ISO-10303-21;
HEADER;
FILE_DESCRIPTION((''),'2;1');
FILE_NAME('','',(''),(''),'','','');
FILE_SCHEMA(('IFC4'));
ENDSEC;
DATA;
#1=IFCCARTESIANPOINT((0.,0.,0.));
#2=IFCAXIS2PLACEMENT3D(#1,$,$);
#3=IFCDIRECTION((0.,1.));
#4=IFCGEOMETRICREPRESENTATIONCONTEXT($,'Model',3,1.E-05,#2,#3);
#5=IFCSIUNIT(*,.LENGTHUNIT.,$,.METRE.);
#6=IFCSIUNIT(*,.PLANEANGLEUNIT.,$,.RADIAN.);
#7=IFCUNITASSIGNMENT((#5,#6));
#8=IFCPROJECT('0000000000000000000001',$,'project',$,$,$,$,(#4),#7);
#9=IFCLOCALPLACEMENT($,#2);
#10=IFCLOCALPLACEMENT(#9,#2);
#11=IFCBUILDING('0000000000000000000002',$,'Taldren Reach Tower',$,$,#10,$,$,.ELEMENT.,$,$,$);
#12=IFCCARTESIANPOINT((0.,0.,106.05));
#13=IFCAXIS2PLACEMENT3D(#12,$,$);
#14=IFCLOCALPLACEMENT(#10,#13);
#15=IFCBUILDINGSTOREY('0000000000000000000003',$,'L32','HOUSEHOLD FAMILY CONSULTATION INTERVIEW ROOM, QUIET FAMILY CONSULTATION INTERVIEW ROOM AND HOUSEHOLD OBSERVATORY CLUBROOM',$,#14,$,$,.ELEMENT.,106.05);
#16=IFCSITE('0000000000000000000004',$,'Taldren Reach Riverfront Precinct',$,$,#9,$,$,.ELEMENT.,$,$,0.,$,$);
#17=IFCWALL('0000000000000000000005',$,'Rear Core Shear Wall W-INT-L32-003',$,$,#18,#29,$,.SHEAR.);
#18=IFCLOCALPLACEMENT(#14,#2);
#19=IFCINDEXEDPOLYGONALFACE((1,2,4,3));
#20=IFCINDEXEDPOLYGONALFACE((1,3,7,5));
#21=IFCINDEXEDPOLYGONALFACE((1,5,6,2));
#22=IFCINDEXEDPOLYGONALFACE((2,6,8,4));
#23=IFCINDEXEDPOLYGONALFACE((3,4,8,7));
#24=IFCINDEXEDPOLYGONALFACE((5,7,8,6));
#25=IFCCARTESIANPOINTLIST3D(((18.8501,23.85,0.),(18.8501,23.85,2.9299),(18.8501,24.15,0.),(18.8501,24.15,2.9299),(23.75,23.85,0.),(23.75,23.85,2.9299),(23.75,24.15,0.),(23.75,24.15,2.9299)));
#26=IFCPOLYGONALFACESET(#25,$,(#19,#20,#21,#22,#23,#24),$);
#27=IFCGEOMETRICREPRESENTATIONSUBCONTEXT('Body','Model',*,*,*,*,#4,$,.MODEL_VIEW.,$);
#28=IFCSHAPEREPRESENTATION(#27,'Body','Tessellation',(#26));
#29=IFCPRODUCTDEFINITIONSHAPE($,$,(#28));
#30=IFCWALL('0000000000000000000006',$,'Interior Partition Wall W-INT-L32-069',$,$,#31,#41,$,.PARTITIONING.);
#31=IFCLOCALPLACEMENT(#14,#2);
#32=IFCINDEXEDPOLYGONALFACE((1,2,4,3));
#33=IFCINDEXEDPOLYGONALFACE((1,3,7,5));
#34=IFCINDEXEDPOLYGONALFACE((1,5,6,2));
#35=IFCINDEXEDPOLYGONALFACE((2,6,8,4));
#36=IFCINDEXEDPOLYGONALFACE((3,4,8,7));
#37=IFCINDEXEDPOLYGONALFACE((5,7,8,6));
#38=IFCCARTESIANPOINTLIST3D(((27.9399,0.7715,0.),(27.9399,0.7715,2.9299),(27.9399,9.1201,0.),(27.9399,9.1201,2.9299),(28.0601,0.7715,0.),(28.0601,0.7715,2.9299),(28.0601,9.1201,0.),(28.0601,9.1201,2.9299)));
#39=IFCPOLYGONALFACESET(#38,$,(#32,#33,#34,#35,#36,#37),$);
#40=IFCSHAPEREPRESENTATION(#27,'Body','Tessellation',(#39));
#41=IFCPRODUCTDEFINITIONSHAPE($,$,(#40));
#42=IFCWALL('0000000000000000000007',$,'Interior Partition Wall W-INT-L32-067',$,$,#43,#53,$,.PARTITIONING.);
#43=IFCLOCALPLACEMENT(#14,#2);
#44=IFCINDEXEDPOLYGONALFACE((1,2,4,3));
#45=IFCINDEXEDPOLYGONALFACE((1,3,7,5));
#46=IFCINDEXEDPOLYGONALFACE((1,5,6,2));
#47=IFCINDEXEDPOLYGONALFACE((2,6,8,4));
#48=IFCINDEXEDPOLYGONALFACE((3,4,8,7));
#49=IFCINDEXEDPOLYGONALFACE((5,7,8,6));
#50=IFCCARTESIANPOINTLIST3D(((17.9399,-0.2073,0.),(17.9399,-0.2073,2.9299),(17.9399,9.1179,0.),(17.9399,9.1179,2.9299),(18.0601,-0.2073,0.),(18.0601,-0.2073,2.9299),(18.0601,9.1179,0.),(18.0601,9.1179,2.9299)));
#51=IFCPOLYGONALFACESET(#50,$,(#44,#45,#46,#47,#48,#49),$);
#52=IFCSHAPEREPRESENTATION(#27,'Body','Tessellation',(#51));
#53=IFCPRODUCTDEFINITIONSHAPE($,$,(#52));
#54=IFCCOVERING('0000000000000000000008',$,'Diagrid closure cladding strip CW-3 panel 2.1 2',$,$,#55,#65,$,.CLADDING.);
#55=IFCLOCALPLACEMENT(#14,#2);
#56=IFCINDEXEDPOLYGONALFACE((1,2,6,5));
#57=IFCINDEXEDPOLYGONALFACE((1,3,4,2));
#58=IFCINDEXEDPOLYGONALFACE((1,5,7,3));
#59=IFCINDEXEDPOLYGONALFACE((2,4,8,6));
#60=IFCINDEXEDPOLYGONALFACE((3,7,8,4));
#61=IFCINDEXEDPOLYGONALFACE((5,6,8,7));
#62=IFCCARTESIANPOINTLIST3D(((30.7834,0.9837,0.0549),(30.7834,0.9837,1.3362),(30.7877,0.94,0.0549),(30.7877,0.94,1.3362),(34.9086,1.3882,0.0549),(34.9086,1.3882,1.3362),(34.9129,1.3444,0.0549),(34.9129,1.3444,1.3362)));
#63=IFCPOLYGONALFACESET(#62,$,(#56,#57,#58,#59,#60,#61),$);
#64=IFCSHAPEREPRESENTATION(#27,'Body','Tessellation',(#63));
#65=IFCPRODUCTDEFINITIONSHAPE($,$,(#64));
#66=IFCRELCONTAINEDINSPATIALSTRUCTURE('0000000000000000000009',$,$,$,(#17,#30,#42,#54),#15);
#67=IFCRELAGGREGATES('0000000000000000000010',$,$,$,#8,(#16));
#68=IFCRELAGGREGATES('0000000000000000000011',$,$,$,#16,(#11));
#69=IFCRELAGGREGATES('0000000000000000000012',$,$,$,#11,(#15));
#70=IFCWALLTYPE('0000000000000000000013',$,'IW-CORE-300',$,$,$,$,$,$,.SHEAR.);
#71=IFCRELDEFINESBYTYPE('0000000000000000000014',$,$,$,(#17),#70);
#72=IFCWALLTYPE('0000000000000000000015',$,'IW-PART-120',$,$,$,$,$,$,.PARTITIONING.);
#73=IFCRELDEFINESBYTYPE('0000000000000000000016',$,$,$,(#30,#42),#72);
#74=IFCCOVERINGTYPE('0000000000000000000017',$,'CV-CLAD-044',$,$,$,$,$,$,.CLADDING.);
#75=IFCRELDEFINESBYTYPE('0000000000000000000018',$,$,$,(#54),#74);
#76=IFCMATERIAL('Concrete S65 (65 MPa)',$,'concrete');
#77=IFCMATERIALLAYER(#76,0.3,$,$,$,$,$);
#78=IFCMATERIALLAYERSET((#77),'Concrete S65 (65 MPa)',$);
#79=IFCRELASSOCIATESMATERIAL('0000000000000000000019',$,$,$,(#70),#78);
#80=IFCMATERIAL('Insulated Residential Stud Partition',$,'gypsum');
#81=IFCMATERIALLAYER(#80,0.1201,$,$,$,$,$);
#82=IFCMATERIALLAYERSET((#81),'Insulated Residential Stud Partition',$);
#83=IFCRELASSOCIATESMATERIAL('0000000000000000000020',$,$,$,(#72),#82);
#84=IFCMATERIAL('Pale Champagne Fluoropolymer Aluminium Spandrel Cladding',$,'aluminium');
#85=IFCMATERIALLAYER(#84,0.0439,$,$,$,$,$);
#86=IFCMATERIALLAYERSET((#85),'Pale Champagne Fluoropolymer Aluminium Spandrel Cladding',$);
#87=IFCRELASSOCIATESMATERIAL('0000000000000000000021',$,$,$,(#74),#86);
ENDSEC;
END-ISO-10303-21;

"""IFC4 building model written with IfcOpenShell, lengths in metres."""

from ifc_helpers import new_model, si_unit, direction, frame, frame_2d, origin, origin_2d, place, context, subcontext, project, spatial, rectangle, extrude, source, transform, mapped, material, layer, layer_set, type_object, element, save


model = new_model("IFC4")

# Units and contexts
model_context = context("Model", 3, precision=1e-05, world=origin(), true_north=direction((0.0, 1.0)))
body_context = subcontext(model_context, "Body", "Model", "MODEL_VIEW")
ifc_project = project(units=[si_unit("LENGTHUNIT", "METRE"), si_unit("PLANEANGLEUNIT", "RADIAN")], contexts=[model_context])

# Site, building, storey
site_placement = place(None, origin())
site = spatial("IfcSite", under=ifc_project, at=site_placement, Name="Taldren Reach Riverfront Precinct", CompositionType="ELEMENT", RefElevation=0.0)
building_placement = place(site_placement, origin())
building = spatial("IfcBuilding", under=site, at=building_placement, Name="Taldren Reach Tower", CompositionType="ELEMENT")
storey_placement = place(building_placement, frame((0.0, 0.0, 106.05)))
storey = spatial("IfcBuildingStorey", under=building, at=storey_placement, Name="L32", Description="HOUSEHOLD FAMILY CONSULTATION INTERVIEW ROOM, QUIET FAMILY CONSULTATION INTERVIEW ROOM AND HOUSEHOLD OBSERVATORY CLUBROOM", CompositionType="ELEMENT", Elevation=106.05)

# Shared definitions
ifc_material_1 = material(Name="Concrete S65 (65 MPa)", Category="concrete")

# Walls
ifc_layer_1 = layer(ifc_material_1, 0.3)
ifc_layer_set_1 = layer_set([ifc_layer_1], Name="Concrete S65 (65 MPa)")
wall_type_1 = type_object("IfcWallType", Name="IW-CORE-300", PredefinedType="SHEAR", material=ifc_layer_set_1)
shared_shape_1 = source(origin(), body_context, "Body", "SweptSolid", [
    extrude(rectangle(XDim=4.8999, YDim=0.3, at=frame_2d((2.45, 0.0))), origin(), (0.0, 0.0, 1.0), 2.9299),
])
wall_1_placement = place(storey_placement, frame((18.8501, 24.0, 0.0), z_axis=(0.0, 0.0, 1.0), x_axis=(1.0, 0.0, 0.0)))
element("IfcWall", 1, at=wall_1_placement, inside=storey, type_object=wall_type_1, Name="Rear Core Shear Wall W-INT-L32-003", PredefinedType="SHEAR", context=body_context, shape_type="MappedRepresentation", body=[
    mapped(shared_shape_1, transform((0.0, 0.0, 0.0), scale=1.0)),
])
ifc_material_2 = material(Name="Insulated Residential Stud Partition", Category="gypsum")
ifc_layer_2 = layer(ifc_material_2, 0.1201)
ifc_layer_set_2 = layer_set([ifc_layer_2], Name="Insulated Residential Stud Partition")
wall_type_2 = type_object("IfcWallType", Name="IW-PART-120", PredefinedType="PARTITIONING", material=ifc_layer_set_2)
shared_shape_2 = source(origin(), body_context, "Body", "SweptSolid", [
    extrude(rectangle(XDim=8.3486, YDim=0.1201, at=frame_2d((4.1743, 0.0))), origin(), (0.0, 0.0, 1.0), 2.9299),
])
wall_2_placement = place(storey_placement, frame((28.0, 9.1201, 0.0), z_axis=(0.0, 0.0, 1.0), x_axis=(0.0, -1.0, 0.0)))
element("IfcWall", 2, at=wall_2_placement, inside=storey, type_object=wall_type_2, Name="Interior Partition Wall W-INT-L32-069", PredefinedType="PARTITIONING", context=body_context, shape_type="MappedRepresentation", body=[
    mapped(shared_shape_2, transform((0.0, 0.0, 0.0), scale=1.0)),
])
shared_shape_3 = source(origin(), body_context, "Body", "SweptSolid", [
    extrude(rectangle(XDim=9.3252, YDim=0.1201, at=frame_2d((4.6626, 0.0))), origin(), (0.0, 0.0, 1.0), 2.9299),
])
wall_3_placement = place(storey_placement, frame((18.0, 9.1179, 0.0), z_axis=(0.0, 0.0, 1.0), x_axis=(0.0, -1.0, 0.0)))
element("IfcWall", 3, at=wall_3_placement, inside=storey, type_object=wall_type_2, Name="Interior Partition Wall W-INT-L32-067", PredefinedType="PARTITIONING", context=body_context, shape_type="MappedRepresentation", body=[
    mapped(shared_shape_3, transform((0.0, 0.0, 0.0), scale=1.0)),
])

# Covering
ifc_material_3 = material(Name="Pale Champagne Fluoropolymer Aluminium Spandrel Cladding", Category="aluminium")
ifc_layer_3 = layer(ifc_material_3, 0.0439)
ifc_layer_set_3 = layer_set([ifc_layer_3], Name="Pale Champagne Fluoropolymer Aluminium Spandrel Cladding")
covering_type = type_object("IfcCoveringType", Name="CV-CLAD-044", PredefinedType="CLADDING", material=ifc_layer_set_3)
shared_shape_4 = source(origin(), body_context, "Body", "SweptSolid", [
    extrude(rectangle(XDim=4.145, YDim=0.0439, at=origin_2d()), origin(), (0.0, 0.0, 1.0), 1.2812),
])
covering_placement = place(storey_placement, frame((32.8481, 1.1641, 0.0549), z_axis=(0.0, 0.0, 1.0), x_axis=(0.995227, 0.097583, 0.0)))
element("IfcCovering", 4, at=covering_placement, inside=storey, type_object=covering_type, Name="Diagrid closure cladding strip CW-3 panel 2.1 2", PredefinedType="CLADDING", context=body_context, shape_type="MappedRepresentation", body=[
    mapped(shared_shape_4, transform((0.0, 0.0, 0.0), scale=1.0)),
])

save(model, "model.ifc")
